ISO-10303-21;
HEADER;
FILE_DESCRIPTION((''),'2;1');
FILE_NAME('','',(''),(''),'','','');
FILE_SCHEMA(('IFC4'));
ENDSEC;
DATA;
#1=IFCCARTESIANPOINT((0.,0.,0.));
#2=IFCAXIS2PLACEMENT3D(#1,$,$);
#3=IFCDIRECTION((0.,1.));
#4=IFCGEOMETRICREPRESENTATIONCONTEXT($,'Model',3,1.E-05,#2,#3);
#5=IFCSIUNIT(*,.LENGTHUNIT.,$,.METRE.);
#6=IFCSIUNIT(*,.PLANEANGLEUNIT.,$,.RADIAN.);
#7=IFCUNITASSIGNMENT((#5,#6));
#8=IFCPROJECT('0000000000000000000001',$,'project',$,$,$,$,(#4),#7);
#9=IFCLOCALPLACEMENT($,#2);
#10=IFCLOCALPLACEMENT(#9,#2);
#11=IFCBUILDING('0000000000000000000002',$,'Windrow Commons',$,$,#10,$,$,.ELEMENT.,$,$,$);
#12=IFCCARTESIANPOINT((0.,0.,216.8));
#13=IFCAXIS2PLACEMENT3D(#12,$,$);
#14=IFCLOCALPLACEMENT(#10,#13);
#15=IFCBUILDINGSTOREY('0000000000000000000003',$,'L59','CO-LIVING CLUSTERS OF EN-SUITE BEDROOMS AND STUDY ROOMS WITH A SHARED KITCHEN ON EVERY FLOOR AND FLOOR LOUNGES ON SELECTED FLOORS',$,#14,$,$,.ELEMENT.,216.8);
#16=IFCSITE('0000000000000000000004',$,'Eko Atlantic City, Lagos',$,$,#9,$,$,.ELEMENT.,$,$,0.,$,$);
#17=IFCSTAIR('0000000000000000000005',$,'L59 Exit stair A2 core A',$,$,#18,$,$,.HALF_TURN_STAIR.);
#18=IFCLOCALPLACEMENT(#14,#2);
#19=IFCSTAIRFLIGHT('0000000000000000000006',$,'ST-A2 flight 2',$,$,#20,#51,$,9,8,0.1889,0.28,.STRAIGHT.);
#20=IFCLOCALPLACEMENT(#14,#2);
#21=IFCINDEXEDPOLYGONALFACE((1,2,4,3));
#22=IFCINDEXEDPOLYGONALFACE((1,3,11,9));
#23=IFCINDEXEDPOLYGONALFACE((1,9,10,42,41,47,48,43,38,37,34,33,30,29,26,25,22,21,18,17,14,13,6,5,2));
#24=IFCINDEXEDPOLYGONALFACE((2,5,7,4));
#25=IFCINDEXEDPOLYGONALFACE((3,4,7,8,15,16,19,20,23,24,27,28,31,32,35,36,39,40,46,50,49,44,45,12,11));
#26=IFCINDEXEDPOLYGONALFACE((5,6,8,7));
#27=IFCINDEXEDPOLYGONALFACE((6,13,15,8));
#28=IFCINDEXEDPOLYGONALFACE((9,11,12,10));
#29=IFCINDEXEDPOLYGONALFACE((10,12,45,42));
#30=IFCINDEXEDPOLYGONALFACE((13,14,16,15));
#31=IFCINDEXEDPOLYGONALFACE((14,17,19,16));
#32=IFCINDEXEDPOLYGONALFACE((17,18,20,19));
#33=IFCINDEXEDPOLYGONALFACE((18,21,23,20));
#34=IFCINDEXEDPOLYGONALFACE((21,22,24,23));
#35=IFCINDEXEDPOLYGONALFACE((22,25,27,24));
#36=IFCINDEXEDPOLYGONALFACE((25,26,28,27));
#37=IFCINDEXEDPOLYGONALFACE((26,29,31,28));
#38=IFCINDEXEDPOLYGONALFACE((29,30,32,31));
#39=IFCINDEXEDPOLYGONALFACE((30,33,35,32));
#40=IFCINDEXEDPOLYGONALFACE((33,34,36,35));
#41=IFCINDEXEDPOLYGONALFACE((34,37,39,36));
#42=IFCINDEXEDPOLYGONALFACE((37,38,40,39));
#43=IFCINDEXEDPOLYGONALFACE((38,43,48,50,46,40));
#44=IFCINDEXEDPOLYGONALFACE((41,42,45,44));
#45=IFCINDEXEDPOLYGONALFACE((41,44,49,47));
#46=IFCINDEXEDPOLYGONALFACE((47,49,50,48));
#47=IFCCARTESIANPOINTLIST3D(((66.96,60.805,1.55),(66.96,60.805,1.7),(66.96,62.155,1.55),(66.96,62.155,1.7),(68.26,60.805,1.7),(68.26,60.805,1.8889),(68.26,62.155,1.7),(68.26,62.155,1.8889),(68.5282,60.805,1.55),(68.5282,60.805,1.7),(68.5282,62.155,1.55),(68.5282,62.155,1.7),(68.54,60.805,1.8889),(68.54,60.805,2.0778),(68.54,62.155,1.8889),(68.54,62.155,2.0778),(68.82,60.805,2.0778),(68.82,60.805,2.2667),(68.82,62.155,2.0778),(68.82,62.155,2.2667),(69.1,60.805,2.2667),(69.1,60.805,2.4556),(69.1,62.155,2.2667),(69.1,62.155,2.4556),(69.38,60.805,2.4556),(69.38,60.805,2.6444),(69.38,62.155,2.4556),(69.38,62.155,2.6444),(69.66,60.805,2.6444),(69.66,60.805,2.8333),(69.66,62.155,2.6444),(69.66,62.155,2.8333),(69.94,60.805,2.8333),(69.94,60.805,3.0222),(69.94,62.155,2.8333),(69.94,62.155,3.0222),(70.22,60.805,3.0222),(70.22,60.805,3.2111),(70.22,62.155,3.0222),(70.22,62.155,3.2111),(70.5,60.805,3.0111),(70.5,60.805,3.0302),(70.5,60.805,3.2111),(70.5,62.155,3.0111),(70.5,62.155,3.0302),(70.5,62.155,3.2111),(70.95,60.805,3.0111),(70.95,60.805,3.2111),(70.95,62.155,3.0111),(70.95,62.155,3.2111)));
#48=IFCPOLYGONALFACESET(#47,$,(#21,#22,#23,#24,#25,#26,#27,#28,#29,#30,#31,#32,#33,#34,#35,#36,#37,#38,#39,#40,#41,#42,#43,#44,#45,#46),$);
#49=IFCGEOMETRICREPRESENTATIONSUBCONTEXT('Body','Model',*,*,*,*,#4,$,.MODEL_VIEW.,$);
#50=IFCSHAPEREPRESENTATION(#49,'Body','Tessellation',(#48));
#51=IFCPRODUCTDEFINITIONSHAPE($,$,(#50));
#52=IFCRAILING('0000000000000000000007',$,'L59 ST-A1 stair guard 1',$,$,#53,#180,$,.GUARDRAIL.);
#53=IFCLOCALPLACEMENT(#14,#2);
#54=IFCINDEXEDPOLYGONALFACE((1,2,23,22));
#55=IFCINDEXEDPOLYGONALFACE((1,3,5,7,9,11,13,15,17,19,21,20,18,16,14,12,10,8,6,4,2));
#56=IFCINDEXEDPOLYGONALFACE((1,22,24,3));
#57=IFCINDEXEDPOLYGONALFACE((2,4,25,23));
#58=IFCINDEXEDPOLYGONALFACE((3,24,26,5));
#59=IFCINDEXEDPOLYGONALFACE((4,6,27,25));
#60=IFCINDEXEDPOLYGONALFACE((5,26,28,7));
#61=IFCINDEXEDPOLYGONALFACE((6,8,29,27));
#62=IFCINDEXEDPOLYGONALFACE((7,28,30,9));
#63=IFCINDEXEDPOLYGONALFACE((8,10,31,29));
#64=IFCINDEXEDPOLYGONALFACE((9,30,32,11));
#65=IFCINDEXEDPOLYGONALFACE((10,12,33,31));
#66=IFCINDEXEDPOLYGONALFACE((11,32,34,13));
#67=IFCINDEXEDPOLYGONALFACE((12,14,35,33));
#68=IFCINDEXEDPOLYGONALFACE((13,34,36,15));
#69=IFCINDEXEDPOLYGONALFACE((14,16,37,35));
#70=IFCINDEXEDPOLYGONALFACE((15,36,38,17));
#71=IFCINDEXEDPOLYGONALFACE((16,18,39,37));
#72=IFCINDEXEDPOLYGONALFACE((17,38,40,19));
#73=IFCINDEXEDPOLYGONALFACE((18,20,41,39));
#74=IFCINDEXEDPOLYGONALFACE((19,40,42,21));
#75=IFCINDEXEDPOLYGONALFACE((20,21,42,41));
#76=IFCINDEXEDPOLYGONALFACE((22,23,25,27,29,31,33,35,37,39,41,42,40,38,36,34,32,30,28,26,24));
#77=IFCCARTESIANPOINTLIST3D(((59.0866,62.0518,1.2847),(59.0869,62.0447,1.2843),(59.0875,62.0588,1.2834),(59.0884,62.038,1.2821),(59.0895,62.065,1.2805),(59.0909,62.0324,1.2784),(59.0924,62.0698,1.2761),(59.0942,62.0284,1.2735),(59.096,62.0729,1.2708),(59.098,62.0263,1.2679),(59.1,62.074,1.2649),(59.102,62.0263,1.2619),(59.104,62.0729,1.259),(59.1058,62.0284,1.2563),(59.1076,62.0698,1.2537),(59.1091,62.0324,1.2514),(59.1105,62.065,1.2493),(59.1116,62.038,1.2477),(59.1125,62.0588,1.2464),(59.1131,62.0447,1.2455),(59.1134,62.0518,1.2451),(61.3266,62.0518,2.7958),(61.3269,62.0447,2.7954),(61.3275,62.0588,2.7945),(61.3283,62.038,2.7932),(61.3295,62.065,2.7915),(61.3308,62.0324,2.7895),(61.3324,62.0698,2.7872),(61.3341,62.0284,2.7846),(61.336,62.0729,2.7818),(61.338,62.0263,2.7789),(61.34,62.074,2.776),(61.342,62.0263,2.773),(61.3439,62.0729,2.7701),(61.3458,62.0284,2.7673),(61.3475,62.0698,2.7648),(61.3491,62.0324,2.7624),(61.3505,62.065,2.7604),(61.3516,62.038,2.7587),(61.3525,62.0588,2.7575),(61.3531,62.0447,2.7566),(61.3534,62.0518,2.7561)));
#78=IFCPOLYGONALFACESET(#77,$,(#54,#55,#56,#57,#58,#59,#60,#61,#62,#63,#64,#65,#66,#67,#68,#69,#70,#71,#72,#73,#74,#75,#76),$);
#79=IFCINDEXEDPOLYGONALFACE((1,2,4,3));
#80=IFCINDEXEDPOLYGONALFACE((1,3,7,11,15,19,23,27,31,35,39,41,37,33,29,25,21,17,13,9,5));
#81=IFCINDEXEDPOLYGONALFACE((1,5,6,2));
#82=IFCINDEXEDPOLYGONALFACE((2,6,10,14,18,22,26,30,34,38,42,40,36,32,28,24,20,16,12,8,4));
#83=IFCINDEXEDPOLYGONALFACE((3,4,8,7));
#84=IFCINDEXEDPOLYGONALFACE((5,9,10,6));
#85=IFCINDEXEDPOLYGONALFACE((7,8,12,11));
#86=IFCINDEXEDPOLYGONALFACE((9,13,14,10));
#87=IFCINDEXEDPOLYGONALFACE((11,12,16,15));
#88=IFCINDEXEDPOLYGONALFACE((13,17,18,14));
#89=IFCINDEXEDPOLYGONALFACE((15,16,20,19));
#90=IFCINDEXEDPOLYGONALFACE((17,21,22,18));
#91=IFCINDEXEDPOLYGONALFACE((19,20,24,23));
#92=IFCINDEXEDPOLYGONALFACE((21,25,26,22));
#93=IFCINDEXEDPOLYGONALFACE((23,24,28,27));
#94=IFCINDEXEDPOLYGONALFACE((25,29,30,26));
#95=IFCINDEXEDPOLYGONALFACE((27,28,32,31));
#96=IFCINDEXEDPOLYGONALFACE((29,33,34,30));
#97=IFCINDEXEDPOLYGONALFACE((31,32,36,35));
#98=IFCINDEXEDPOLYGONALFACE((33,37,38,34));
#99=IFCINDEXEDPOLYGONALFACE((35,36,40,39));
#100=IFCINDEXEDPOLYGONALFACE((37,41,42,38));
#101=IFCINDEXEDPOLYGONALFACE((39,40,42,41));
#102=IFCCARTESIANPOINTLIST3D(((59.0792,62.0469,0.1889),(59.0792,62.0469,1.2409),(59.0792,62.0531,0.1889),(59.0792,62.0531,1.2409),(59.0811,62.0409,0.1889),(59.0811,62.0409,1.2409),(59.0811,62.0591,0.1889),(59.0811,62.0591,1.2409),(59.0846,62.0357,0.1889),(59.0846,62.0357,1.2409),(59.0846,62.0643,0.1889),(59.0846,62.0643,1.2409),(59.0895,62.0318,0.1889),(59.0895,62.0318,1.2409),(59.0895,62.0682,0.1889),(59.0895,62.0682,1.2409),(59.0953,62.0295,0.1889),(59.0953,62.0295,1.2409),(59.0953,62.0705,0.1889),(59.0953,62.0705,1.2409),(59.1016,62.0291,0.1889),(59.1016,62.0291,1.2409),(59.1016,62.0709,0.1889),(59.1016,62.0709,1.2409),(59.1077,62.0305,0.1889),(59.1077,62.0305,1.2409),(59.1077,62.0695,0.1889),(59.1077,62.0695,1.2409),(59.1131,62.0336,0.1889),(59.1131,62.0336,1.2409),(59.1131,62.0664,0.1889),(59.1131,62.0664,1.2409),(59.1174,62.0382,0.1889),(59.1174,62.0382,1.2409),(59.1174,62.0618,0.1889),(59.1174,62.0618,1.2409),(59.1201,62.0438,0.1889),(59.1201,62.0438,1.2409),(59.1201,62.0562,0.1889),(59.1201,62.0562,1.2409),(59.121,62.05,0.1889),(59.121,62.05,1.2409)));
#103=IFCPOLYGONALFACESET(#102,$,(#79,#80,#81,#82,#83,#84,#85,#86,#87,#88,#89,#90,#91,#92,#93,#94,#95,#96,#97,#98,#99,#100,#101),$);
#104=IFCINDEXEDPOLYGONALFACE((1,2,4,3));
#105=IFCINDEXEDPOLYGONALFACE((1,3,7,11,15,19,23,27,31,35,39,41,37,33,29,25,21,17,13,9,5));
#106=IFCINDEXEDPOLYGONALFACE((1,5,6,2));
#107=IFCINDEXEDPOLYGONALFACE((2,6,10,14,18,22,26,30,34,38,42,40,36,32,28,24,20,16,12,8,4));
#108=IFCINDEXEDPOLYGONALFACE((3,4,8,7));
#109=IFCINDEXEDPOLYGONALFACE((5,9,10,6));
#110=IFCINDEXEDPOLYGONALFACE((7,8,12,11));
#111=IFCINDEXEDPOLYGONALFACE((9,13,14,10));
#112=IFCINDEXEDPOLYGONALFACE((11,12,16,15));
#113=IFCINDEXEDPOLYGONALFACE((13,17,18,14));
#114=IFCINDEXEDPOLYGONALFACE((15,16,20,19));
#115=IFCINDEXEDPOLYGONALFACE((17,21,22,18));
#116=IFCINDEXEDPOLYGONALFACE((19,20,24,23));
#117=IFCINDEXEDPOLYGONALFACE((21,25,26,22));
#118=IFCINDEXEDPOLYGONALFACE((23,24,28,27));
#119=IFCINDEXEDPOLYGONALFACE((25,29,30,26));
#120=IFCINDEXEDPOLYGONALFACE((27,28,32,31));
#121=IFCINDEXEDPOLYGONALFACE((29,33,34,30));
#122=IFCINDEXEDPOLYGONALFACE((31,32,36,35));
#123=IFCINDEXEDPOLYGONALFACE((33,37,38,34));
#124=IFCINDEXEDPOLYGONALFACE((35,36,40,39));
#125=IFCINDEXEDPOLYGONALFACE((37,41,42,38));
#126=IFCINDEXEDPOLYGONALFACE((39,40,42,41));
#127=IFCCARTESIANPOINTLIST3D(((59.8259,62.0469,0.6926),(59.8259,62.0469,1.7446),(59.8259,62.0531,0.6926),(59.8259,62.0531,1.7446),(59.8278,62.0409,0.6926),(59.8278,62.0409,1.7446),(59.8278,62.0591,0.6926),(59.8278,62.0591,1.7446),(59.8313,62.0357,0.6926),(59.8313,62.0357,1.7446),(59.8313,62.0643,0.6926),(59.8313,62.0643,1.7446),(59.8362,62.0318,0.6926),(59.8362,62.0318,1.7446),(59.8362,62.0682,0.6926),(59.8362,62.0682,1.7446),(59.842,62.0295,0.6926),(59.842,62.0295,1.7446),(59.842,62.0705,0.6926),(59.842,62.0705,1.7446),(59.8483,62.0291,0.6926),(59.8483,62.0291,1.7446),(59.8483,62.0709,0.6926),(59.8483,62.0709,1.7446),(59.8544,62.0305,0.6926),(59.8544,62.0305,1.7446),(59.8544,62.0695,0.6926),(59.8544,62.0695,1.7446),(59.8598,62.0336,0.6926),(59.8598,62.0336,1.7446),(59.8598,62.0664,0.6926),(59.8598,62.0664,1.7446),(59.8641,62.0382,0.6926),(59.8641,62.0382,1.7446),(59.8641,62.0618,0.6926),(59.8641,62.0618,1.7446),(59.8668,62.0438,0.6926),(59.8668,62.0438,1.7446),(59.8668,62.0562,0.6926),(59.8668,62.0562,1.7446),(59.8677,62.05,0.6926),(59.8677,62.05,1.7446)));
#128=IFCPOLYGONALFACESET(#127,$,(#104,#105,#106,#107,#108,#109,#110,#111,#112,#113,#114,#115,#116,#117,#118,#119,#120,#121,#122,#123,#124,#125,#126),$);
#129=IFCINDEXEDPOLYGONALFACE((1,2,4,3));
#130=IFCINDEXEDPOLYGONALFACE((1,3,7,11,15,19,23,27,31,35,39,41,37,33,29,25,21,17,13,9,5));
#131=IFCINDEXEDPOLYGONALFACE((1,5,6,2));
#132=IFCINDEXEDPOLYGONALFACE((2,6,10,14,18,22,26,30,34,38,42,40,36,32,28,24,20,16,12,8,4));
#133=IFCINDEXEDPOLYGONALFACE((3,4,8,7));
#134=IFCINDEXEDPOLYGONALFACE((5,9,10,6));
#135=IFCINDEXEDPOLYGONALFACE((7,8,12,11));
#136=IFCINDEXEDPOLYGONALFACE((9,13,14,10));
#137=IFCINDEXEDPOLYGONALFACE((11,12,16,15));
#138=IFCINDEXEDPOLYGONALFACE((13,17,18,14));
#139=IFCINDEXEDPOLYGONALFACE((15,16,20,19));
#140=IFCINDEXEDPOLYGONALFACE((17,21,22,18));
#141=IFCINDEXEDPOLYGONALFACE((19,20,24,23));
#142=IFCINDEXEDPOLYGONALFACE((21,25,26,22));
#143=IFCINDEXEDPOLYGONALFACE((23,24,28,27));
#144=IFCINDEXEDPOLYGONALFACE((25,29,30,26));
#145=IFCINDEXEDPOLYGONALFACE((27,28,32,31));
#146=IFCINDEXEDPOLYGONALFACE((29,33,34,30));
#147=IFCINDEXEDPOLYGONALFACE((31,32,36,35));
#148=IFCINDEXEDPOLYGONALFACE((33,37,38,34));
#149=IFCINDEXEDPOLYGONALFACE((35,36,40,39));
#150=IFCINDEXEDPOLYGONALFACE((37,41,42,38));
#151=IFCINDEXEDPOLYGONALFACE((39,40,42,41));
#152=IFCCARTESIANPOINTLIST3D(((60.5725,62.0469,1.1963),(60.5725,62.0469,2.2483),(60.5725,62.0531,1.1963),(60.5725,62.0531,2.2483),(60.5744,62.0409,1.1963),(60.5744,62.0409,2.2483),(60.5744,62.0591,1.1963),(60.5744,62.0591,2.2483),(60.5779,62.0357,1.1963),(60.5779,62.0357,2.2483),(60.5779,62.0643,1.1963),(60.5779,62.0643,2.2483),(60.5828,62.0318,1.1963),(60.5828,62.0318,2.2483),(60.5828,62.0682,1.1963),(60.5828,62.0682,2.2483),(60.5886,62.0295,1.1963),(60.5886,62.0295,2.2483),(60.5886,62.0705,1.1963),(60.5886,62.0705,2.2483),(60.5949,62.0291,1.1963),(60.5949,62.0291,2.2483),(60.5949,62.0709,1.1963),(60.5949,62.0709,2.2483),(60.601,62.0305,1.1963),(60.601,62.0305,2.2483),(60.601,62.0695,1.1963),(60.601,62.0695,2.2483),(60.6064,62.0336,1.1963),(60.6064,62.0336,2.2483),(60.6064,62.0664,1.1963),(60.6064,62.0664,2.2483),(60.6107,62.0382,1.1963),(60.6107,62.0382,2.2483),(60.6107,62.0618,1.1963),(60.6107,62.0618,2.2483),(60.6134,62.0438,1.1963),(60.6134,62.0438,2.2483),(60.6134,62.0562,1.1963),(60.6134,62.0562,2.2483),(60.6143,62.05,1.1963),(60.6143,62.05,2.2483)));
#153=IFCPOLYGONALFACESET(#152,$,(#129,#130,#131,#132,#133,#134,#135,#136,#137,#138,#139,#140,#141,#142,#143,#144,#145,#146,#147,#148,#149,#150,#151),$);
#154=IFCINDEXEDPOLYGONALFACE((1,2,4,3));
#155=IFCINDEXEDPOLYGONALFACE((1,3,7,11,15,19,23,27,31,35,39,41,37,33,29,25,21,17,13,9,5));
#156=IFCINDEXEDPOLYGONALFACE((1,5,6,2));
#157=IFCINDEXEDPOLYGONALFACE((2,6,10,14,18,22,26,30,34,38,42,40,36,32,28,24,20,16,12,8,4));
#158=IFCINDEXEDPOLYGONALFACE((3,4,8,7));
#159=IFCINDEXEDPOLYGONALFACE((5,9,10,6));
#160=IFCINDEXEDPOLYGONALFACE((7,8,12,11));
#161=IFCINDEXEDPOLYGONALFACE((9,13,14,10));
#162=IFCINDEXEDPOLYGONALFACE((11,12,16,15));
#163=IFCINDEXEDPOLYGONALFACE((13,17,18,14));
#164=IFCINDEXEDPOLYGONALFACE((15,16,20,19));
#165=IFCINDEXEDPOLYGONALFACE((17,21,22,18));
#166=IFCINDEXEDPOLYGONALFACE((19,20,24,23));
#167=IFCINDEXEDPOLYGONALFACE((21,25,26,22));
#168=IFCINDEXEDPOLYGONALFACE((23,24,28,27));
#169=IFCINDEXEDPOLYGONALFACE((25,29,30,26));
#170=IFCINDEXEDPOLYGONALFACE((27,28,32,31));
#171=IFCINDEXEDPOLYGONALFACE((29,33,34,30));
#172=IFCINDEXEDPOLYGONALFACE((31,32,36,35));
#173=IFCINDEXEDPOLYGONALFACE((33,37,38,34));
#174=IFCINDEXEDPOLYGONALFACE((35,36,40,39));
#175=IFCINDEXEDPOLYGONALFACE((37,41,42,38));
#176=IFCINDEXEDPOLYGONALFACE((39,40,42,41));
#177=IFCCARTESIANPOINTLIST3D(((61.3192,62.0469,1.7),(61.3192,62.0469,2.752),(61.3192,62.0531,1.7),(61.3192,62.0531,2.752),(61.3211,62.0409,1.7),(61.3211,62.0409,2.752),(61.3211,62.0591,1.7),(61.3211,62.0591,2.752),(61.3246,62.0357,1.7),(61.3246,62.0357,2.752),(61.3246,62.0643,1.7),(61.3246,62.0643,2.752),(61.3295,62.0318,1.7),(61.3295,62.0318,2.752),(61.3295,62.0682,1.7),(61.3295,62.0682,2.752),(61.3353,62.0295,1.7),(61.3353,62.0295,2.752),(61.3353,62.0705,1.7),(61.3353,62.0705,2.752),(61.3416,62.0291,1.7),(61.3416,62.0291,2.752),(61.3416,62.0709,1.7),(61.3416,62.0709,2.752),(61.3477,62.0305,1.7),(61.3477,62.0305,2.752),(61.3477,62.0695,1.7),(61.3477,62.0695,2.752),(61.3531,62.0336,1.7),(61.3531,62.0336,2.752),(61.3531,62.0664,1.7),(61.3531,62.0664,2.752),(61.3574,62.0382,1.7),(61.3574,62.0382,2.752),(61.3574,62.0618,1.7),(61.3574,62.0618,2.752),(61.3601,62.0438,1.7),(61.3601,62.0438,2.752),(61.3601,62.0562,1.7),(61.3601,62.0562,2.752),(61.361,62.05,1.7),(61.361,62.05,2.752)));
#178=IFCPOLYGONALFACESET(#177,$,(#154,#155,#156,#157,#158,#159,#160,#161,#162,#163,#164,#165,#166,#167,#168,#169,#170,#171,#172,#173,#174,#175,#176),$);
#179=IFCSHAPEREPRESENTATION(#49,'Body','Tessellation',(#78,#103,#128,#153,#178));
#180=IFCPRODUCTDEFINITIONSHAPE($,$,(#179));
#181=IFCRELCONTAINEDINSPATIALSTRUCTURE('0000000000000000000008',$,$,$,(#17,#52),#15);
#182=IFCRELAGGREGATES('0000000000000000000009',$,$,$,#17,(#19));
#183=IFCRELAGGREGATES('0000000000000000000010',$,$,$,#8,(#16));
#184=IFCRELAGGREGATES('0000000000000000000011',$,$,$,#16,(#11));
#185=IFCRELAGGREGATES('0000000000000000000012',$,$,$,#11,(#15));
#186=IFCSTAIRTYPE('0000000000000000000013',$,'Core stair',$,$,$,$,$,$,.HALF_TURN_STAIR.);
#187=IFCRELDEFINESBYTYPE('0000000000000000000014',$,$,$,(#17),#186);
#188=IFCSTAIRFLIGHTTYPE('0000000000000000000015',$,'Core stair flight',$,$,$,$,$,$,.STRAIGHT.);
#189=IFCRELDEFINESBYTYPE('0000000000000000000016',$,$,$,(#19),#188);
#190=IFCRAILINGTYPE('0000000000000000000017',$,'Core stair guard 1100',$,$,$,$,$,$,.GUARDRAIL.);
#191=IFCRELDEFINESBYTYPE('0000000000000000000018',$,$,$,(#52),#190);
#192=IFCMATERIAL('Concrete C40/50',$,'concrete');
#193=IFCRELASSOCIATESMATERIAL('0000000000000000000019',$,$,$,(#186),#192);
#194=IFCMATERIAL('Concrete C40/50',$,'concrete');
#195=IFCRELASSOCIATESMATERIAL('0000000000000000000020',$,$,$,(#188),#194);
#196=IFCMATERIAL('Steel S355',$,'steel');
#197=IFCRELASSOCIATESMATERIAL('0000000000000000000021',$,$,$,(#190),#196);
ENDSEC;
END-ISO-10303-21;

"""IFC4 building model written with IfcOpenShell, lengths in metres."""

from ifc_helpers import new_model, si_unit, direction, frame, origin, origin_2d, place, context, subcontext, project, spatial, polyline, circle, outline, extrude, material, type_object, element, aggregate, save


model = new_model("IFC4")

# Units and contexts
model_context = context("Model", 3, precision=1e-05, world=origin(), true_north=direction((0.0, 1.0)))
body_context = subcontext(model_context, "Body", "Model", "MODEL_VIEW")
ifc_project = project(units=[si_unit("LENGTHUNIT", "METRE"), si_unit("PLANEANGLEUNIT", "RADIAN")], contexts=[model_context])

# Site, building, storey
site_placement = place(None, origin())
site = spatial("IfcSite", under=ifc_project, at=site_placement, Name="Eko Atlantic City, Lagos", CompositionType="ELEMENT", RefElevation=0.0)
building_placement = place(site_placement, origin())
building = spatial("IfcBuilding", under=site, at=building_placement, Name="Windrow Commons", CompositionType="ELEMENT")
storey_placement = place(building_placement, frame((0.0, 0.0, 216.8)))
storey = spatial("IfcBuildingStorey", under=building, at=storey_placement, Name="L59", Description="CO-LIVING CLUSTERS OF EN-SUITE BEDROOMS AND STUDY ROOMS WITH A SHARED KITCHEN ON EVERY FLOOR AND FLOOR LOUNGES ON SELECTED FLOORS", CompositionType="ELEMENT", Elevation=216.8)

# Shared definitions
ifc_material_1 = material(Name="Concrete C40/50", Category="concrete")
stair_type = type_object("IfcStairType", Name="Core stair", PredefinedType="HALF_TURN_STAIR", material=ifc_material_1)
placement = place(storey_placement, origin())
ifc_material_2 = material(Name="Concrete C40/50", Category="concrete")
stair_flight_type = type_object("IfcStairFlightType", Name="Core stair flight", PredefinedType="STRAIGHT", material=ifc_material_2)

# Stair, stair flight
stair_1 = element("IfcStair", 1, at=placement, inside=storey, type_object=stair_type, Name="L59 Exit stair A2 core A", PredefinedType="HALF_TURN_STAIR")
stair_flight_1_placement = place(storey_placement, frame((68.26, 61.48, 1.7), z_axis=(0.0, 0.0, 1.0), x_axis=(1.0, 0.0, 0.0)))
stair_flight_1 = element("IfcStairFlight", 2, at=stair_flight_1_placement, type_object=stair_flight_type, Name="ST-A2 flight 2", NumberOfRisers=9, NumberOfTreads=8, PredefinedType="STRAIGHT", RiserHeight=0.1889, TreadLength=0.28, context=body_context, shape_type="SweptSolid", body=[
    extrude(outline(polyline([(-1.3, -0.15), (-1.3, 0.0), (0.0, 0.0), (0.0, 0.1889), (0.28, 0.1889), (0.28, 0.3778), (0.56, 0.3778), (0.56, 0.5667), (0.84, 0.5667), (0.84, 0.7556), (1.12, 0.7556), (1.12, 0.9444), (1.4, 0.9444), (1.4, 1.1333), (1.68, 1.1333), (1.68, 1.3222), (1.96, 1.3222), (1.96, 1.5111), (2.24, 1.5111), (2.69, 1.5111), (2.69, 1.3111), (2.24, 1.3111), (2.24, 1.3302), (0.2682, 0.0), (0.2682, -0.15), (-1.3, -0.15)])), frame((0.0, 0.675, 0.0), z_axis=(0.0, -1.0, 0.0), x_axis=(1.0, 0.0, 0.0)), (0.0, 0.0, 1.0), 1.35),
])
aggregate(stair_1, [stair_flight_1])

# Railing
ifc_material_3 = material(Name="Steel S355", Category="steel")
railing_type_1 = type_object("IfcRailingType", Name="Core stair guard 1100", PredefinedType="GUARDRAIL", material=ifc_material_3)
railing_1_placement = place(storey_placement, frame((59.1, 62.05, 0.1889)))
element("IfcRailing", 3, at=railing_1_placement, inside=storey, type_object=railing_type_1, Name="L59 ST-A1 stair guard 1", PredefinedType="GUARDRAIL", context=body_context, shape_type="SweptSolid", body=[
    extrude(circle(Radius=0.024, at=origin_2d()), frame((0.0, 0.0, 1.076), z_axis=(0.829003, 0.0, 0.559244), x_axis=(0.0, 1.0, 0.0)), (0.0, 0.0, 1.0), 2.702),
    extrude(circle(Radius=0.021, at=origin_2d()), origin(), (0.0, 0.0, 1.0), 1.052),
    extrude(circle(Radius=0.021, at=origin_2d()), frame((0.7467, 0.0, 0.5037)), (0.0, 0.0, 1.0), 1.052),
    extrude(circle(Radius=0.021, at=origin_2d()), frame((1.4933, 0.0, 1.0074)), (0.0, 0.0, 1.0), 1.052),
    extrude(circle(Radius=0.021, at=origin_2d()), frame((2.24, 0.0, 1.5111)), (0.0, 0.0, 1.0), 1.052),
])

save(model, "model.ifc")
